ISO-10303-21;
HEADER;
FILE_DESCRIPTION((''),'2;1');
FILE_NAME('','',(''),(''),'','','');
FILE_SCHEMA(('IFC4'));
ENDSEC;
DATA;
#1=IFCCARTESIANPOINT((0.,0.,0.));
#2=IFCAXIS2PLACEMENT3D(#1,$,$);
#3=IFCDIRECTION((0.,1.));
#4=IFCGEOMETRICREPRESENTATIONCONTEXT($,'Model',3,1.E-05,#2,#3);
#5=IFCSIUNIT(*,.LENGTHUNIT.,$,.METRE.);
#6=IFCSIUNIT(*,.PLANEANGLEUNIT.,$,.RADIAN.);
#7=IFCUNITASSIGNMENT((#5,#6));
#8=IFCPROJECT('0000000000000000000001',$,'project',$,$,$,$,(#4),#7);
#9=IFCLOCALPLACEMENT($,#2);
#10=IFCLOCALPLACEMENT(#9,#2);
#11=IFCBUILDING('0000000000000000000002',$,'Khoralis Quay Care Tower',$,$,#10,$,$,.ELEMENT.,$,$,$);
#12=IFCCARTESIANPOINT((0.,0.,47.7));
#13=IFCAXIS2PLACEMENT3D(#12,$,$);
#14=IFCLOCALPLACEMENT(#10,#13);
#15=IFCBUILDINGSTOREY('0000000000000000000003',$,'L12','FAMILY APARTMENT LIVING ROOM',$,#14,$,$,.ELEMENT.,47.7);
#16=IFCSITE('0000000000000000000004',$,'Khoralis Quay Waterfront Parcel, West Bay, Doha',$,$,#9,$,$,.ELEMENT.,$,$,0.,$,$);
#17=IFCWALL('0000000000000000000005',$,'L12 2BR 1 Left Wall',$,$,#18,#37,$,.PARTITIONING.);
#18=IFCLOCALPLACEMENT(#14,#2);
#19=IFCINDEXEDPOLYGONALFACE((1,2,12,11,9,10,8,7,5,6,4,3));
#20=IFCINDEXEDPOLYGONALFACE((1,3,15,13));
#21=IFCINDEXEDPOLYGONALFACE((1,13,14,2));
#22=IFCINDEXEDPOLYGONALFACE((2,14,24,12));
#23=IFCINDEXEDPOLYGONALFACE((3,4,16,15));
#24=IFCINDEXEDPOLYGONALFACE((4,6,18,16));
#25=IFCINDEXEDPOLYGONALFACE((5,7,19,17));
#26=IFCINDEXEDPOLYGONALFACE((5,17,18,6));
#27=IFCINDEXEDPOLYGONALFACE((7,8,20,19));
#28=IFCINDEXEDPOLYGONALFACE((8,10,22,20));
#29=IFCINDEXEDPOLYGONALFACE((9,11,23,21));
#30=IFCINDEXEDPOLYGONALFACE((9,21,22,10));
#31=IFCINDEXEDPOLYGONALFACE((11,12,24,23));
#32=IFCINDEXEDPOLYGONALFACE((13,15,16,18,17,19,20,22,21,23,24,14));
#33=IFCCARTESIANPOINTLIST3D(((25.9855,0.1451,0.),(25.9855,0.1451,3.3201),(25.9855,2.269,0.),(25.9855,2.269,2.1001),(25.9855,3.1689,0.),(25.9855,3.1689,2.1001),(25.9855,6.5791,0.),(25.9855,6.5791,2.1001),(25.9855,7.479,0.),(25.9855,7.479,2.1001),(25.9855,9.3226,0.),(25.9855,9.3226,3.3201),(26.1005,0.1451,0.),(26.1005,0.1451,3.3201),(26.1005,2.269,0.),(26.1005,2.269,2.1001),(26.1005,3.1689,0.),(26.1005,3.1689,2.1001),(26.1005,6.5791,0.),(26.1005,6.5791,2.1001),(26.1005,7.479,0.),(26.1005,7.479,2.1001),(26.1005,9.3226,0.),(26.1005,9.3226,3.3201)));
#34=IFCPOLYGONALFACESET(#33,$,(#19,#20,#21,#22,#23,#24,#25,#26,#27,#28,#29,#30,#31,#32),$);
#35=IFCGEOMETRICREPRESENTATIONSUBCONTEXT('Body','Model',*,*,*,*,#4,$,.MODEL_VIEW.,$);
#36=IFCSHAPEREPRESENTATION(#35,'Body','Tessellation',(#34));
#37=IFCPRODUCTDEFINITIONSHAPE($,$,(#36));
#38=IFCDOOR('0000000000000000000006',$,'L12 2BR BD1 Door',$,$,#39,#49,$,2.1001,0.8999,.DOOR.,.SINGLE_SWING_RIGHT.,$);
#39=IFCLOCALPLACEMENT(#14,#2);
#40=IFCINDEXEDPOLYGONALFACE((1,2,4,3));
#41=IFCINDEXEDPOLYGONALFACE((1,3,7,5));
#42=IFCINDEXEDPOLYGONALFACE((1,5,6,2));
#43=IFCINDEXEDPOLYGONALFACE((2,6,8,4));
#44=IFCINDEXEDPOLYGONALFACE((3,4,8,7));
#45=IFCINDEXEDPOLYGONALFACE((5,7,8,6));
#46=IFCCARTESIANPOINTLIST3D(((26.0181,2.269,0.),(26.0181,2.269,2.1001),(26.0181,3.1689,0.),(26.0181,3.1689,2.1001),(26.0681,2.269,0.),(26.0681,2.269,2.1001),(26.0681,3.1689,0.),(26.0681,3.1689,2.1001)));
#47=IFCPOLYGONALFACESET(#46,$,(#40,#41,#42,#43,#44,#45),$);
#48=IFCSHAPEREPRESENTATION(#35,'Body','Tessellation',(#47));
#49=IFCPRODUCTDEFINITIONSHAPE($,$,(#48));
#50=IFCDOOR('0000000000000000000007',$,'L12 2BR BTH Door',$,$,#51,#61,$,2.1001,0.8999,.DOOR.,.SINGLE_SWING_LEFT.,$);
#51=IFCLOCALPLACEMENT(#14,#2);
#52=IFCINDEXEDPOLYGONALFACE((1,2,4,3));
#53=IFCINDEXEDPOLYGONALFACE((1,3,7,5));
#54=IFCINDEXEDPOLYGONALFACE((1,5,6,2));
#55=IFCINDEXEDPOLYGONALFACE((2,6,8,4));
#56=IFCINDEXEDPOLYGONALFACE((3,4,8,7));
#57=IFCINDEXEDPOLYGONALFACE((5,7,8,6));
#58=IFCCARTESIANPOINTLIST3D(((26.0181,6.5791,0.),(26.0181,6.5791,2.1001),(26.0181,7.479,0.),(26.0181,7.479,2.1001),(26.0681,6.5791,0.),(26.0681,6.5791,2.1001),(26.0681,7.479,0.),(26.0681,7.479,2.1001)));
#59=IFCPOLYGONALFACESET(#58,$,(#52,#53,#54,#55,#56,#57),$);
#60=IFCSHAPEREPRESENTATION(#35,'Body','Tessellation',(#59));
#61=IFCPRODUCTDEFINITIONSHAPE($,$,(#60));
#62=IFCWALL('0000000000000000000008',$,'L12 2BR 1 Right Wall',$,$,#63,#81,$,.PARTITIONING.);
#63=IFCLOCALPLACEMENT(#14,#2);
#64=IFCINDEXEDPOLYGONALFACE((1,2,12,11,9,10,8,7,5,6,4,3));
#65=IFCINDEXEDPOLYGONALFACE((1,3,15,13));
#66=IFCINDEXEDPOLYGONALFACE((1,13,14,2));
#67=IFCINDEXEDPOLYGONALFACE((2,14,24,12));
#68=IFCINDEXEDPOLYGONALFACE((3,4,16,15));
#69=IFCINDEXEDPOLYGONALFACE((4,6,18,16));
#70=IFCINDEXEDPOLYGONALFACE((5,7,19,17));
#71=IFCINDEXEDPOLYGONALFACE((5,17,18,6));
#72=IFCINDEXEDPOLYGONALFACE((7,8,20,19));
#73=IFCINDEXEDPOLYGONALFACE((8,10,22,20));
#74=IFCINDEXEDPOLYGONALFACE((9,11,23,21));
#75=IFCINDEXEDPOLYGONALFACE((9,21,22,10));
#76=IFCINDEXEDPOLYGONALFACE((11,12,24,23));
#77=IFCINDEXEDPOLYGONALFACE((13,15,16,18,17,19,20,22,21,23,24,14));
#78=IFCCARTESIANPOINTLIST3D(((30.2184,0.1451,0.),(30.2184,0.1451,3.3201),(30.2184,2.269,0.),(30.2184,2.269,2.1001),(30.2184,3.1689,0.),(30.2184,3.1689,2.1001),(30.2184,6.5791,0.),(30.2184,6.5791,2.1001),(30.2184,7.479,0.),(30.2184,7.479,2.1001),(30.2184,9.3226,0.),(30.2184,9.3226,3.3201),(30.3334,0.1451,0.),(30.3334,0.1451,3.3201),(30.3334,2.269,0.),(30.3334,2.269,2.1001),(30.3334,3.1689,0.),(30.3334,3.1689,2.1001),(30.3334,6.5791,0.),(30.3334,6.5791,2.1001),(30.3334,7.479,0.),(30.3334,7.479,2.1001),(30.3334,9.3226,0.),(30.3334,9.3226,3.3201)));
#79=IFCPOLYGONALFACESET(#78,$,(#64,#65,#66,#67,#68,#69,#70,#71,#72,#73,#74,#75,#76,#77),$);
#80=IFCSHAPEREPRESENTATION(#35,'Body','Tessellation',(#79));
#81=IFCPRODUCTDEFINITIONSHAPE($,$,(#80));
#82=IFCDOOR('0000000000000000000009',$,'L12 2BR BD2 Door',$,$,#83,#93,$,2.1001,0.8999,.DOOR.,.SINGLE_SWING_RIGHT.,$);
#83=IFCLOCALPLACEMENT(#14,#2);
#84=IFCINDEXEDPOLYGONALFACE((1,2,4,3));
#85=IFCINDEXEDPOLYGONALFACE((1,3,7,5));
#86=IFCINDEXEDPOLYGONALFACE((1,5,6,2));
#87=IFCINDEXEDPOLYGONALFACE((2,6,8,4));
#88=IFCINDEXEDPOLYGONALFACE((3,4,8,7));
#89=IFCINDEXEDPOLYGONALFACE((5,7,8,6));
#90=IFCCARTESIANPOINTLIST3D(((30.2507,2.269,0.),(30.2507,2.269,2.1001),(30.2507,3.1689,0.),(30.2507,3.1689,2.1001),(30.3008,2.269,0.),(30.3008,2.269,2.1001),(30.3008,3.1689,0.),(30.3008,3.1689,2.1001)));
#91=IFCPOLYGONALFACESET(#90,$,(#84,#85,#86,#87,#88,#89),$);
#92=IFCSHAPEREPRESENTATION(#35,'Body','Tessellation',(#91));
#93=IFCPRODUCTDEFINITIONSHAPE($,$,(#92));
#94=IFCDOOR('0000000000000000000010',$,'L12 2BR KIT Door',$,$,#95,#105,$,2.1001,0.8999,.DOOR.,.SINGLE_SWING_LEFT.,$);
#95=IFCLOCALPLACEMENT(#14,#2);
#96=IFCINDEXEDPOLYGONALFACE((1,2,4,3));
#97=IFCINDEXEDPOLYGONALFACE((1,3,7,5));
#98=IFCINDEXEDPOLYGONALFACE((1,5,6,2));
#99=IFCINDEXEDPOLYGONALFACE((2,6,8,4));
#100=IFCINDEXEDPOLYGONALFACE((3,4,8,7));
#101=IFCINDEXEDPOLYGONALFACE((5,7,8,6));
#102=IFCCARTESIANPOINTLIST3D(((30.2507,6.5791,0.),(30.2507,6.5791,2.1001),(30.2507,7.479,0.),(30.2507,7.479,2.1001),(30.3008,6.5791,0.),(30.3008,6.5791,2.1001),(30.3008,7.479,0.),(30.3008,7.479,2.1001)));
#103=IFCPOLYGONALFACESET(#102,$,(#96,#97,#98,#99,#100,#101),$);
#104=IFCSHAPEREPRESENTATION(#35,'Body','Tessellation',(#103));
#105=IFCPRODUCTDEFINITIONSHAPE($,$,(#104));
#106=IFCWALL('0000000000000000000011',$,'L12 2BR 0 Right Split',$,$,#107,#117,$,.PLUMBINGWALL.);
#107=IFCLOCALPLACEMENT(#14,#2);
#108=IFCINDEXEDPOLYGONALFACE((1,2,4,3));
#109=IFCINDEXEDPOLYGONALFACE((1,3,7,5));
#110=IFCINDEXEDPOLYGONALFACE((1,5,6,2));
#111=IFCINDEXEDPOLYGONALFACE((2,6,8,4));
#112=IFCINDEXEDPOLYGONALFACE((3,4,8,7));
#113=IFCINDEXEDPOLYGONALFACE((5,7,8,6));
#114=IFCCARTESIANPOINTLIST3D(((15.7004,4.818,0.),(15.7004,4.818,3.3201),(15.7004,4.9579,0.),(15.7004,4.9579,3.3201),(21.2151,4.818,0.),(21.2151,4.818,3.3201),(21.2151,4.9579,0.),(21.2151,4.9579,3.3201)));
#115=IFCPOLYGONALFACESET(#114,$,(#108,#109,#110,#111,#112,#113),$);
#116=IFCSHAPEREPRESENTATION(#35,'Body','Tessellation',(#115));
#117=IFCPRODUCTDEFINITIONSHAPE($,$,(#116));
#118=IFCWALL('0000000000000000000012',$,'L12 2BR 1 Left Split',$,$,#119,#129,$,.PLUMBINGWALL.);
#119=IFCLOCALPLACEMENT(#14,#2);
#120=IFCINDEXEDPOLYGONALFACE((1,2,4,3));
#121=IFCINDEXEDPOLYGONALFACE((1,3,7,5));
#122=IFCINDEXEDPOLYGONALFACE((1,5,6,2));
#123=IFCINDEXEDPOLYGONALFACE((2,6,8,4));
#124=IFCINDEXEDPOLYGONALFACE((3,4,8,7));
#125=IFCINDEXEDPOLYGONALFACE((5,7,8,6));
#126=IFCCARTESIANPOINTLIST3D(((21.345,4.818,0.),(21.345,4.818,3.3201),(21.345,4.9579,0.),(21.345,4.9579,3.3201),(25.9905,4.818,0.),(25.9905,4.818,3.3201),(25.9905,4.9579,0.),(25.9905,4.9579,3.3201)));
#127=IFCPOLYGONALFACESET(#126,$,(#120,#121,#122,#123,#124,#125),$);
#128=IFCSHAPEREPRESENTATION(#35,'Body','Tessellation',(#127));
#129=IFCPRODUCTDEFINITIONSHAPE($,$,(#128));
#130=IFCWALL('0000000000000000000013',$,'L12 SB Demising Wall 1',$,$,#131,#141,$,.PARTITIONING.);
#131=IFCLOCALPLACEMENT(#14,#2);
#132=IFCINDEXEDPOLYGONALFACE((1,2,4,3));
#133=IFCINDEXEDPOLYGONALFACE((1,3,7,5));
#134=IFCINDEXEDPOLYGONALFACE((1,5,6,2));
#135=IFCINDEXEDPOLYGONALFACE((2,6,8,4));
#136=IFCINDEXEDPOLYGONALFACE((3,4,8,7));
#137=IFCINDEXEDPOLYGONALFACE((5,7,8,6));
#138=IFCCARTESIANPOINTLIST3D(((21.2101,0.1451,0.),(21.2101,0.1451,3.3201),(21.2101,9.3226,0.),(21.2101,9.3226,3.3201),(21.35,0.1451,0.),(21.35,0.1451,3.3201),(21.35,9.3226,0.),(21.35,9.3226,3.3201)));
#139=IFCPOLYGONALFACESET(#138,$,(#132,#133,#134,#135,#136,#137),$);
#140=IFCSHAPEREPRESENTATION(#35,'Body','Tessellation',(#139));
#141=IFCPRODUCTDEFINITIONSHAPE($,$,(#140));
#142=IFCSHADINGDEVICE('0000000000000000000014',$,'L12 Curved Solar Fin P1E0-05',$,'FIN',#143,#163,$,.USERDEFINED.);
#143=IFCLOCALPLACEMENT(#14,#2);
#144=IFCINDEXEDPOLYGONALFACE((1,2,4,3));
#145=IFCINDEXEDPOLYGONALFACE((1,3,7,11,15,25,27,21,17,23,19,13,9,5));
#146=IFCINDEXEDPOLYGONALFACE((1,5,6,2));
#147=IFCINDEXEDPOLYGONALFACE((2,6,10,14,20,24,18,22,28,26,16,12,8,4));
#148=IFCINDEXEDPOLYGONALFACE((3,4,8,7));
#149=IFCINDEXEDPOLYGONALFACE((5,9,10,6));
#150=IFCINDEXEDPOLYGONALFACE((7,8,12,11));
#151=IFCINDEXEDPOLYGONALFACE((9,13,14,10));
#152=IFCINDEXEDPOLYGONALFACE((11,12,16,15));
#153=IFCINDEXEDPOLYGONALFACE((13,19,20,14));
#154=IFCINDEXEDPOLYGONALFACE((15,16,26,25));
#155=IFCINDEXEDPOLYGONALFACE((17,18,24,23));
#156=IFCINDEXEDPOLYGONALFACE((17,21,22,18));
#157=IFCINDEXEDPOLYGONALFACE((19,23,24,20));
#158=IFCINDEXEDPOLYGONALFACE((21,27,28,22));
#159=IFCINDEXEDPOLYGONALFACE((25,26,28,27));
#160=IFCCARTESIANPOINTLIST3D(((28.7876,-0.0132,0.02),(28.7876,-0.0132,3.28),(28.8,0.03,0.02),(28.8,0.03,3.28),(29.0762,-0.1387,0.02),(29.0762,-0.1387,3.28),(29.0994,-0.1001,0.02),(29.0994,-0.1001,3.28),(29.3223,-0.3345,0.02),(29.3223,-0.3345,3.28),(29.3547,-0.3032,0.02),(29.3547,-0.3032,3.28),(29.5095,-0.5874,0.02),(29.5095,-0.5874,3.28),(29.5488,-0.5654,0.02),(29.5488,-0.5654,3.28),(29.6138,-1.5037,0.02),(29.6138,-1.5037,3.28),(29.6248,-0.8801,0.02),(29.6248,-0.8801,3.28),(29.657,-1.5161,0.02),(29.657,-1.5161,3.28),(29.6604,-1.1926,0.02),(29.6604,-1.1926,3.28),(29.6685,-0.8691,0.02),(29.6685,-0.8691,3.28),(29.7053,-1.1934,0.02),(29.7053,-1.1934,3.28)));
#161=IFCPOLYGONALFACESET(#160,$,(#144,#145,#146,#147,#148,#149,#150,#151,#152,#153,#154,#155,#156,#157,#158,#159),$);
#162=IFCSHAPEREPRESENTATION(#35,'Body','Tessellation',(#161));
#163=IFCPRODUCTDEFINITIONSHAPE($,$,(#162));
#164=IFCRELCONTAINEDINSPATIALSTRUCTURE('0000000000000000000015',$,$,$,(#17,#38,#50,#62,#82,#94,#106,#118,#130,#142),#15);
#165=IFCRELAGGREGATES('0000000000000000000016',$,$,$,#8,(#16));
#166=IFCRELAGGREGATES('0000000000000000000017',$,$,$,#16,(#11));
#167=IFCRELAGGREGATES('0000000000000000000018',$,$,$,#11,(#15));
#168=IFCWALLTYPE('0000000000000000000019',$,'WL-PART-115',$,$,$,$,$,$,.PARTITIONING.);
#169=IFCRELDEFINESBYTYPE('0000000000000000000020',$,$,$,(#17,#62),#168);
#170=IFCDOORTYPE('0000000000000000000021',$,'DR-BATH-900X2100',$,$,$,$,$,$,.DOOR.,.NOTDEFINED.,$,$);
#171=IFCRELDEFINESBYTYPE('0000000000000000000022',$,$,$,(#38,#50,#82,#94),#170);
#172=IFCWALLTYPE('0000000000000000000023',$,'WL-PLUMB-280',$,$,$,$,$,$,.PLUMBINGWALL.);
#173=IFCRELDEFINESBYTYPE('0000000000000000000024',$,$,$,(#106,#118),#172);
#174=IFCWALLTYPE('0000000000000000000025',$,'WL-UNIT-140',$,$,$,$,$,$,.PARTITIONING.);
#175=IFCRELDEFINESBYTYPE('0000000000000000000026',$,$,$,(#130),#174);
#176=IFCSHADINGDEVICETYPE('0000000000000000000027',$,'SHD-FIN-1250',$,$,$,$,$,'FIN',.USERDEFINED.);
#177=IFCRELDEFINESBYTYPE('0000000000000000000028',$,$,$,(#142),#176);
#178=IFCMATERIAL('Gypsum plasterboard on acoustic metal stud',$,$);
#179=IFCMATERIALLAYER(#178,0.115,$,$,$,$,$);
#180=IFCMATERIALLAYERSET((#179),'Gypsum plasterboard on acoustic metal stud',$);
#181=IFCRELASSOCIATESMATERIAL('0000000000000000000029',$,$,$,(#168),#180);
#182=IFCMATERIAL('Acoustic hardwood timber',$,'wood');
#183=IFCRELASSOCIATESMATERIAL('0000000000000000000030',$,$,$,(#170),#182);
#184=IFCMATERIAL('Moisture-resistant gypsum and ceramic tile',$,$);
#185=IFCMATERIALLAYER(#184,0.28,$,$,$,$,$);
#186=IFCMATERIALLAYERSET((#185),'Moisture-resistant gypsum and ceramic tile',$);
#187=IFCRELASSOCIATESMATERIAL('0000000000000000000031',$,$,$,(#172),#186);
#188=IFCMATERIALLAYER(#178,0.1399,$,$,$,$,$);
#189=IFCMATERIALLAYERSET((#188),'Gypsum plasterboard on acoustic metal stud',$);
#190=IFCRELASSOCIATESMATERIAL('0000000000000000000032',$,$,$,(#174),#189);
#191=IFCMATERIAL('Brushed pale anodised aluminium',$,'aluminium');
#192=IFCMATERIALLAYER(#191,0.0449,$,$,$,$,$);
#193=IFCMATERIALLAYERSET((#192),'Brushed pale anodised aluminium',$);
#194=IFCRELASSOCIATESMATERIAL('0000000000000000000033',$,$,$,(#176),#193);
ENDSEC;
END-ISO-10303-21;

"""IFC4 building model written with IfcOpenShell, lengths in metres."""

from ifc_helpers import new_model, si_unit, direction, frame, frame_2d, origin, place, context, subcontext, project, spatial, polyline, rectangle, outline, extrude, source, transform, mapped, material, layer, layer_set, type_object, element, fill, save


model = new_model("IFC4")

# Units and contexts
model_context = context("Model", 3, precision=1e-05, world=origin(), true_north=direction((0.0, 1.0)))
body_context = subcontext(model_context, "Body", "Model", "MODEL_VIEW")
ifc_project = project(units=[si_unit("LENGTHUNIT", "METRE"), si_unit("PLANEANGLEUNIT", "RADIAN")], contexts=[model_context])

# Site, building, storey
site_placement = place(None, origin())
site = spatial("IfcSite", under=ifc_project, at=site_placement, Name="Khoralis Quay Waterfront Parcel, West Bay, Doha", CompositionType="ELEMENT", RefElevation=0.0)
building_placement = place(site_placement, origin())
building = spatial("IfcBuilding", under=site, at=building_placement, Name="Khoralis Quay Care Tower", CompositionType="ELEMENT")
storey_placement = place(building_placement, frame((0.0, 0.0, 47.7)))
storey = spatial("IfcBuildingStorey", under=building, at=storey_placement, Name="L12", Description="FAMILY APARTMENT LIVING ROOM", CompositionType="ELEMENT", Elevation=47.7)

# Walls, openings, doors
ifc_material_1 = material(Name="Gypsum plasterboard on acoustic metal stud")
ifc_layer_1 = layer(ifc_material_1, 0.115)
ifc_layer_set_1 = layer_set([ifc_layer_1], Name="Gypsum plasterboard on acoustic metal stud")
wall_type_1 = type_object("IfcWallType", Name="WL-PART-115", PredefinedType="PARTITIONING", material=ifc_layer_set_1)
ifc_material_2 = material(Name="Acoustic hardwood timber", Category="wood")
door_type = type_object("IfcDoorType", Name="DR-BATH-900X2100", OperationType="NOTDEFINED", PredefinedType="DOOR", material=ifc_material_2)
shared_shape_1 = source(origin(), body_context, "Body", "SweptSolid", [
    extrude(rectangle(XDim=0.8999, YDim=2.1001, at=frame_2d((0.45, 1.05))), frame((0.0, 0.0249, 0.0), z_axis=(0.0, -1.0, 0.0), x_axis=(1.0, 0.0, 0.0)), (0.0, 0.0, 1.0), 0.05),
])
wall_1_placement = place(storey_placement, frame((26.043, 0.145, 0.0), z_axis=(0.0, 0.0, 1.0), x_axis=(0.0, 1.0, 0.0)))
wall_1 = element("IfcWall", 1, at=wall_1_placement, inside=storey, type_object=wall_type_1, Name="L12 2BR 1 Left Wall", PredefinedType="PARTITIONING", context=body_context, shape_type="SweptSolid", body=[
    extrude(rectangle(XDim=9.1775, YDim=0.115, at=frame_2d((4.5889, 0.0))), origin(), (0.0, 0.0, 1.0), 3.3201),
])
opening_1_placement = place(wall_1_placement, frame((2.124, 0.0, 0.0)))
opening_1 = element("IfcOpeningElement", 2, at=opening_1_placement, cuts=wall_1, PredefinedType="OPENING", context=body_context, shape_type="SweptSolid", body=[
    extrude(rectangle(XDim=0.8999, YDim=2.1001, at=frame_2d((0.45, 1.05))), frame((0.0, 0.0674, 0.0), z_axis=(0.0, -1.0, 0.0), x_axis=(1.0, 0.0, 0.0)), (0.0, 0.0, 1.0), 0.135),
])
opening_2_placement = place(wall_1_placement, frame((6.4341, 0.0, 0.0)))
opening_2 = element("IfcOpeningElement", 3, at=opening_2_placement, cuts=wall_1, PredefinedType="OPENING", context=body_context, shape_type="SweptSolid", body=[
    extrude(rectangle(XDim=0.8999, YDim=2.1001, at=frame_2d((0.45, 1.05))), frame((0.0, 0.0674, 0.0), z_axis=(0.0, -1.0, 0.0), x_axis=(1.0, 0.0, 0.0)), (0.0, 0.0, 1.0), 0.135),
])
door_1_placement = place(opening_1_placement, origin())
door_1 = element("IfcDoor", 4, at=door_1_placement, inside=storey, type_object=door_type, Name="L12 2BR BD1 Door", OperationType="SINGLE_SWING_RIGHT", OverallHeight=2.1001, OverallWidth=0.8999, PredefinedType="DOOR", context=body_context, shape_type="MappedRepresentation", body=[
    mapped(shared_shape_1, transform((0.0, 0.0, 0.0), scale=1.0)),
])
fill(opening_1, door_1)
door_2_placement = place(opening_2_placement, origin())
door_2 = element("IfcDoor", 5, at=door_2_placement, inside=storey, type_object=door_type, Name="L12 2BR BTH Door", OperationType="SINGLE_SWING_LEFT", OverallHeight=2.1001, OverallWidth=0.8999, PredefinedType="DOOR", context=body_context, shape_type="MappedRepresentation", body=[
    mapped(shared_shape_1, transform((0.0, 0.0, 0.0), scale=1.0)),
])
fill(opening_2, door_2)
wall_2_placement = place(storey_placement, frame((30.2759, 0.145, 0.0), z_axis=(0.0, 0.0, 1.0), x_axis=(0.0, 1.0, 0.0)))
wall_2 = element("IfcWall", 6, at=wall_2_placement, inside=storey, type_object=wall_type_1, Name="L12 2BR 1 Right Wall", PredefinedType="PARTITIONING", context=body_context, shape_type="SweptSolid", body=[
    extrude(rectangle(XDim=9.1775, YDim=0.115, at=frame_2d((4.5889, 0.0))), origin(), (0.0, 0.0, 1.0), 3.3201),
])
opening_3_placement = place(wall_2_placement, frame((2.124, 0.0, 0.0)))
opening_3 = element("IfcOpeningElement", 7, at=opening_3_placement, cuts=wall_2, PredefinedType="OPENING", context=body_context, shape_type="SweptSolid", body=[
    extrude(rectangle(XDim=0.8999, YDim=2.1001, at=frame_2d((0.45, 1.05))), frame((0.0, 0.0674, 0.0), z_axis=(0.0, -1.0, 0.0), x_axis=(1.0, 0.0, 0.0)), (0.0, 0.0, 1.0), 0.135),
])
opening_4_placement = place(wall_2_placement, frame((6.4341, 0.0, 0.0)))
opening_4 = element("IfcOpeningElement", 8, at=opening_4_placement, cuts=wall_2, PredefinedType="OPENING", context=body_context, shape_type="SweptSolid", body=[
    extrude(rectangle(XDim=0.8999, YDim=2.1001, at=frame_2d((0.45, 1.05))), frame((0.0, 0.0674, 0.0), z_axis=(0.0, -1.0, 0.0), x_axis=(1.0, 0.0, 0.0)), (0.0, 0.0, 1.0), 0.135),
])
door_3_placement = place(opening_3_placement, frame((0.8999, 0.0, 0.0), z_axis=(0.0, 0.0, 1.0), x_axis=(-1.0, 0.0, 0.0)))
door_3 = element("IfcDoor", 9, at=door_3_placement, inside=storey, type_object=door_type, Name="L12 2BR BD2 Door", OperationType="SINGLE_SWING_RIGHT", OverallHeight=2.1001, OverallWidth=0.8999, PredefinedType="DOOR", context=body_context, shape_type="MappedRepresentation", body=[
    mapped(shared_shape_1, transform((0.0, 0.0, 0.0), scale=1.0)),
])
fill(opening_3, door_3)
door_4_placement = place(opening_4_placement, frame((0.8999, 0.0, 0.0), z_axis=(0.0, 0.0, 1.0), x_axis=(-1.0, 0.0, 0.0)))
door_4 = element("IfcDoor", 10, at=door_4_placement, inside=storey, type_object=door_type, Name="L12 2BR KIT Door", OperationType="SINGLE_SWING_LEFT", OverallHeight=2.1001, OverallWidth=0.8999, PredefinedType="DOOR", context=body_context, shape_type="MappedRepresentation", body=[
    mapped(shared_shape_1, transform((0.0, 0.0, 0.0), scale=1.0)),
])
fill(opening_4, door_4)

# Walls
ifc_material_3 = material(Name="Moisture-resistant gypsum and ceramic tile")
ifc_layer_2 = layer(ifc_material_3, 0.28)
ifc_layer_set_2 = layer_set([ifc_layer_2], Name="Moisture-resistant gypsum and ceramic tile")
wall_type_2 = type_object("IfcWallType", Name="WL-PLUMB-280", PredefinedType="PLUMBINGWALL", material=ifc_layer_set_2)
wall_3_placement = place(storey_placement, frame((15.7004, 4.8879, 0.0), z_axis=(0.0, 0.0, 1.0), x_axis=(1.0, 0.0, 0.0)))
element("IfcWall", 11, at=wall_3_placement, inside=storey, type_object=wall_type_2, Name="L12 2BR 0 Right Split", PredefinedType="PLUMBINGWALL", context=body_context, shape_type="SweptSolid", body=[
    extrude(rectangle(XDim=5.5146, YDim=0.1399, at=frame_2d((2.7573, 0.0))), origin(), (0.0, 0.0, 1.0), 3.3201),
])
wall_4_placement = place(storey_placement, frame((21.345, 4.8879, 0.0), z_axis=(0.0, 0.0, 1.0), x_axis=(1.0, 0.0, 0.0)))
element("IfcWall", 12, at=wall_4_placement, inside=storey, type_object=wall_type_2, Name="L12 2BR 1 Left Split", PredefinedType="PLUMBINGWALL", context=body_context, shape_type="SweptSolid", body=[
    extrude(rectangle(XDim=4.6455, YDim=0.1399, at=frame_2d((2.3228, 0.0))), origin(), (0.0, 0.0, 1.0), 3.3201),
])
ifc_layer_3 = layer(ifc_material_1, 0.1399)
ifc_layer_set_3 = layer_set([ifc_layer_3], Name="Gypsum plasterboard on acoustic metal stud")
wall_type_3 = type_object("IfcWallType", Name="WL-UNIT-140", PredefinedType="PARTITIONING", material=ifc_layer_set_3)
wall_5_placement = place(storey_placement, frame((21.28, 0.145, 0.0), z_axis=(0.0, 0.0, 1.0), x_axis=(0.0, 1.0, 0.0)))
element("IfcWall", 13, at=wall_5_placement, inside=storey, type_object=wall_type_3, Name="L12 SB Demising Wall 1", PredefinedType="PARTITIONING", context=body_context, shape_type="SweptSolid", body=[
    extrude(rectangle(XDim=9.1775, YDim=0.1399, at=frame_2d((4.5889, 0.0))), origin(), (0.0, 0.0, 1.0), 3.3201),
])

# Shading device
ifc_material_4 = material(Name="Brushed pale anodised aluminium", Category="aluminium")
ifc_layer_4 = layer(ifc_material_4, 0.0449)
ifc_layer_set_4 = layer_set([ifc_layer_4], Name="Brushed pale anodised aluminium")
shading_device_type = type_object("IfcShadingDeviceType", Name="SHD-FIN-1250", ElementType="FIN", PredefinedType="USERDEFINED", material=ifc_layer_set_4)
shared_shape_2 = source(origin(), body_context, "Body", "SweptSolid", [
    extrude(outline(polyline([(0.0, 0.0), (0.1301, 0.2993), (0.3333, 0.5547), (0.5955, 0.7488), (0.8992, 0.8684), (1.2234, 0.9053), (1.5461, 0.8569), (1.5337, 0.8137), (1.2227, 0.8604), (0.9102, 0.8247), (0.6174, 0.7095), (0.3645, 0.5222), (0.1687, 0.2761), (0.0432, -0.0125), (0.0, 0.0)])), origin(), (0.0, 0.0, 1.0), 3.26),
])
for number, where, z_axis, x_axis, name in (
    (14, (28.8, 0.03, 0.02), (0.0, 0.0, 1.0), (0.0, -1.0, 0.0), "L12 Curved Solar Fin P1E0-05"),
):
    element("IfcShadingDevice", number, at=place(storey_placement, frame(where, z_axis=z_axis, x_axis=x_axis)), inside=storey, type_object=shading_device_type, Name=name, ObjectType="FIN", PredefinedType="USERDEFINED", context=body_context, shape_type="MappedRepresentation", body=[
        mapped(shared_shape_2, transform((0.0, 0.0, 0.0), scale=1.0)),
    ])

save(model, "model.ifc")
